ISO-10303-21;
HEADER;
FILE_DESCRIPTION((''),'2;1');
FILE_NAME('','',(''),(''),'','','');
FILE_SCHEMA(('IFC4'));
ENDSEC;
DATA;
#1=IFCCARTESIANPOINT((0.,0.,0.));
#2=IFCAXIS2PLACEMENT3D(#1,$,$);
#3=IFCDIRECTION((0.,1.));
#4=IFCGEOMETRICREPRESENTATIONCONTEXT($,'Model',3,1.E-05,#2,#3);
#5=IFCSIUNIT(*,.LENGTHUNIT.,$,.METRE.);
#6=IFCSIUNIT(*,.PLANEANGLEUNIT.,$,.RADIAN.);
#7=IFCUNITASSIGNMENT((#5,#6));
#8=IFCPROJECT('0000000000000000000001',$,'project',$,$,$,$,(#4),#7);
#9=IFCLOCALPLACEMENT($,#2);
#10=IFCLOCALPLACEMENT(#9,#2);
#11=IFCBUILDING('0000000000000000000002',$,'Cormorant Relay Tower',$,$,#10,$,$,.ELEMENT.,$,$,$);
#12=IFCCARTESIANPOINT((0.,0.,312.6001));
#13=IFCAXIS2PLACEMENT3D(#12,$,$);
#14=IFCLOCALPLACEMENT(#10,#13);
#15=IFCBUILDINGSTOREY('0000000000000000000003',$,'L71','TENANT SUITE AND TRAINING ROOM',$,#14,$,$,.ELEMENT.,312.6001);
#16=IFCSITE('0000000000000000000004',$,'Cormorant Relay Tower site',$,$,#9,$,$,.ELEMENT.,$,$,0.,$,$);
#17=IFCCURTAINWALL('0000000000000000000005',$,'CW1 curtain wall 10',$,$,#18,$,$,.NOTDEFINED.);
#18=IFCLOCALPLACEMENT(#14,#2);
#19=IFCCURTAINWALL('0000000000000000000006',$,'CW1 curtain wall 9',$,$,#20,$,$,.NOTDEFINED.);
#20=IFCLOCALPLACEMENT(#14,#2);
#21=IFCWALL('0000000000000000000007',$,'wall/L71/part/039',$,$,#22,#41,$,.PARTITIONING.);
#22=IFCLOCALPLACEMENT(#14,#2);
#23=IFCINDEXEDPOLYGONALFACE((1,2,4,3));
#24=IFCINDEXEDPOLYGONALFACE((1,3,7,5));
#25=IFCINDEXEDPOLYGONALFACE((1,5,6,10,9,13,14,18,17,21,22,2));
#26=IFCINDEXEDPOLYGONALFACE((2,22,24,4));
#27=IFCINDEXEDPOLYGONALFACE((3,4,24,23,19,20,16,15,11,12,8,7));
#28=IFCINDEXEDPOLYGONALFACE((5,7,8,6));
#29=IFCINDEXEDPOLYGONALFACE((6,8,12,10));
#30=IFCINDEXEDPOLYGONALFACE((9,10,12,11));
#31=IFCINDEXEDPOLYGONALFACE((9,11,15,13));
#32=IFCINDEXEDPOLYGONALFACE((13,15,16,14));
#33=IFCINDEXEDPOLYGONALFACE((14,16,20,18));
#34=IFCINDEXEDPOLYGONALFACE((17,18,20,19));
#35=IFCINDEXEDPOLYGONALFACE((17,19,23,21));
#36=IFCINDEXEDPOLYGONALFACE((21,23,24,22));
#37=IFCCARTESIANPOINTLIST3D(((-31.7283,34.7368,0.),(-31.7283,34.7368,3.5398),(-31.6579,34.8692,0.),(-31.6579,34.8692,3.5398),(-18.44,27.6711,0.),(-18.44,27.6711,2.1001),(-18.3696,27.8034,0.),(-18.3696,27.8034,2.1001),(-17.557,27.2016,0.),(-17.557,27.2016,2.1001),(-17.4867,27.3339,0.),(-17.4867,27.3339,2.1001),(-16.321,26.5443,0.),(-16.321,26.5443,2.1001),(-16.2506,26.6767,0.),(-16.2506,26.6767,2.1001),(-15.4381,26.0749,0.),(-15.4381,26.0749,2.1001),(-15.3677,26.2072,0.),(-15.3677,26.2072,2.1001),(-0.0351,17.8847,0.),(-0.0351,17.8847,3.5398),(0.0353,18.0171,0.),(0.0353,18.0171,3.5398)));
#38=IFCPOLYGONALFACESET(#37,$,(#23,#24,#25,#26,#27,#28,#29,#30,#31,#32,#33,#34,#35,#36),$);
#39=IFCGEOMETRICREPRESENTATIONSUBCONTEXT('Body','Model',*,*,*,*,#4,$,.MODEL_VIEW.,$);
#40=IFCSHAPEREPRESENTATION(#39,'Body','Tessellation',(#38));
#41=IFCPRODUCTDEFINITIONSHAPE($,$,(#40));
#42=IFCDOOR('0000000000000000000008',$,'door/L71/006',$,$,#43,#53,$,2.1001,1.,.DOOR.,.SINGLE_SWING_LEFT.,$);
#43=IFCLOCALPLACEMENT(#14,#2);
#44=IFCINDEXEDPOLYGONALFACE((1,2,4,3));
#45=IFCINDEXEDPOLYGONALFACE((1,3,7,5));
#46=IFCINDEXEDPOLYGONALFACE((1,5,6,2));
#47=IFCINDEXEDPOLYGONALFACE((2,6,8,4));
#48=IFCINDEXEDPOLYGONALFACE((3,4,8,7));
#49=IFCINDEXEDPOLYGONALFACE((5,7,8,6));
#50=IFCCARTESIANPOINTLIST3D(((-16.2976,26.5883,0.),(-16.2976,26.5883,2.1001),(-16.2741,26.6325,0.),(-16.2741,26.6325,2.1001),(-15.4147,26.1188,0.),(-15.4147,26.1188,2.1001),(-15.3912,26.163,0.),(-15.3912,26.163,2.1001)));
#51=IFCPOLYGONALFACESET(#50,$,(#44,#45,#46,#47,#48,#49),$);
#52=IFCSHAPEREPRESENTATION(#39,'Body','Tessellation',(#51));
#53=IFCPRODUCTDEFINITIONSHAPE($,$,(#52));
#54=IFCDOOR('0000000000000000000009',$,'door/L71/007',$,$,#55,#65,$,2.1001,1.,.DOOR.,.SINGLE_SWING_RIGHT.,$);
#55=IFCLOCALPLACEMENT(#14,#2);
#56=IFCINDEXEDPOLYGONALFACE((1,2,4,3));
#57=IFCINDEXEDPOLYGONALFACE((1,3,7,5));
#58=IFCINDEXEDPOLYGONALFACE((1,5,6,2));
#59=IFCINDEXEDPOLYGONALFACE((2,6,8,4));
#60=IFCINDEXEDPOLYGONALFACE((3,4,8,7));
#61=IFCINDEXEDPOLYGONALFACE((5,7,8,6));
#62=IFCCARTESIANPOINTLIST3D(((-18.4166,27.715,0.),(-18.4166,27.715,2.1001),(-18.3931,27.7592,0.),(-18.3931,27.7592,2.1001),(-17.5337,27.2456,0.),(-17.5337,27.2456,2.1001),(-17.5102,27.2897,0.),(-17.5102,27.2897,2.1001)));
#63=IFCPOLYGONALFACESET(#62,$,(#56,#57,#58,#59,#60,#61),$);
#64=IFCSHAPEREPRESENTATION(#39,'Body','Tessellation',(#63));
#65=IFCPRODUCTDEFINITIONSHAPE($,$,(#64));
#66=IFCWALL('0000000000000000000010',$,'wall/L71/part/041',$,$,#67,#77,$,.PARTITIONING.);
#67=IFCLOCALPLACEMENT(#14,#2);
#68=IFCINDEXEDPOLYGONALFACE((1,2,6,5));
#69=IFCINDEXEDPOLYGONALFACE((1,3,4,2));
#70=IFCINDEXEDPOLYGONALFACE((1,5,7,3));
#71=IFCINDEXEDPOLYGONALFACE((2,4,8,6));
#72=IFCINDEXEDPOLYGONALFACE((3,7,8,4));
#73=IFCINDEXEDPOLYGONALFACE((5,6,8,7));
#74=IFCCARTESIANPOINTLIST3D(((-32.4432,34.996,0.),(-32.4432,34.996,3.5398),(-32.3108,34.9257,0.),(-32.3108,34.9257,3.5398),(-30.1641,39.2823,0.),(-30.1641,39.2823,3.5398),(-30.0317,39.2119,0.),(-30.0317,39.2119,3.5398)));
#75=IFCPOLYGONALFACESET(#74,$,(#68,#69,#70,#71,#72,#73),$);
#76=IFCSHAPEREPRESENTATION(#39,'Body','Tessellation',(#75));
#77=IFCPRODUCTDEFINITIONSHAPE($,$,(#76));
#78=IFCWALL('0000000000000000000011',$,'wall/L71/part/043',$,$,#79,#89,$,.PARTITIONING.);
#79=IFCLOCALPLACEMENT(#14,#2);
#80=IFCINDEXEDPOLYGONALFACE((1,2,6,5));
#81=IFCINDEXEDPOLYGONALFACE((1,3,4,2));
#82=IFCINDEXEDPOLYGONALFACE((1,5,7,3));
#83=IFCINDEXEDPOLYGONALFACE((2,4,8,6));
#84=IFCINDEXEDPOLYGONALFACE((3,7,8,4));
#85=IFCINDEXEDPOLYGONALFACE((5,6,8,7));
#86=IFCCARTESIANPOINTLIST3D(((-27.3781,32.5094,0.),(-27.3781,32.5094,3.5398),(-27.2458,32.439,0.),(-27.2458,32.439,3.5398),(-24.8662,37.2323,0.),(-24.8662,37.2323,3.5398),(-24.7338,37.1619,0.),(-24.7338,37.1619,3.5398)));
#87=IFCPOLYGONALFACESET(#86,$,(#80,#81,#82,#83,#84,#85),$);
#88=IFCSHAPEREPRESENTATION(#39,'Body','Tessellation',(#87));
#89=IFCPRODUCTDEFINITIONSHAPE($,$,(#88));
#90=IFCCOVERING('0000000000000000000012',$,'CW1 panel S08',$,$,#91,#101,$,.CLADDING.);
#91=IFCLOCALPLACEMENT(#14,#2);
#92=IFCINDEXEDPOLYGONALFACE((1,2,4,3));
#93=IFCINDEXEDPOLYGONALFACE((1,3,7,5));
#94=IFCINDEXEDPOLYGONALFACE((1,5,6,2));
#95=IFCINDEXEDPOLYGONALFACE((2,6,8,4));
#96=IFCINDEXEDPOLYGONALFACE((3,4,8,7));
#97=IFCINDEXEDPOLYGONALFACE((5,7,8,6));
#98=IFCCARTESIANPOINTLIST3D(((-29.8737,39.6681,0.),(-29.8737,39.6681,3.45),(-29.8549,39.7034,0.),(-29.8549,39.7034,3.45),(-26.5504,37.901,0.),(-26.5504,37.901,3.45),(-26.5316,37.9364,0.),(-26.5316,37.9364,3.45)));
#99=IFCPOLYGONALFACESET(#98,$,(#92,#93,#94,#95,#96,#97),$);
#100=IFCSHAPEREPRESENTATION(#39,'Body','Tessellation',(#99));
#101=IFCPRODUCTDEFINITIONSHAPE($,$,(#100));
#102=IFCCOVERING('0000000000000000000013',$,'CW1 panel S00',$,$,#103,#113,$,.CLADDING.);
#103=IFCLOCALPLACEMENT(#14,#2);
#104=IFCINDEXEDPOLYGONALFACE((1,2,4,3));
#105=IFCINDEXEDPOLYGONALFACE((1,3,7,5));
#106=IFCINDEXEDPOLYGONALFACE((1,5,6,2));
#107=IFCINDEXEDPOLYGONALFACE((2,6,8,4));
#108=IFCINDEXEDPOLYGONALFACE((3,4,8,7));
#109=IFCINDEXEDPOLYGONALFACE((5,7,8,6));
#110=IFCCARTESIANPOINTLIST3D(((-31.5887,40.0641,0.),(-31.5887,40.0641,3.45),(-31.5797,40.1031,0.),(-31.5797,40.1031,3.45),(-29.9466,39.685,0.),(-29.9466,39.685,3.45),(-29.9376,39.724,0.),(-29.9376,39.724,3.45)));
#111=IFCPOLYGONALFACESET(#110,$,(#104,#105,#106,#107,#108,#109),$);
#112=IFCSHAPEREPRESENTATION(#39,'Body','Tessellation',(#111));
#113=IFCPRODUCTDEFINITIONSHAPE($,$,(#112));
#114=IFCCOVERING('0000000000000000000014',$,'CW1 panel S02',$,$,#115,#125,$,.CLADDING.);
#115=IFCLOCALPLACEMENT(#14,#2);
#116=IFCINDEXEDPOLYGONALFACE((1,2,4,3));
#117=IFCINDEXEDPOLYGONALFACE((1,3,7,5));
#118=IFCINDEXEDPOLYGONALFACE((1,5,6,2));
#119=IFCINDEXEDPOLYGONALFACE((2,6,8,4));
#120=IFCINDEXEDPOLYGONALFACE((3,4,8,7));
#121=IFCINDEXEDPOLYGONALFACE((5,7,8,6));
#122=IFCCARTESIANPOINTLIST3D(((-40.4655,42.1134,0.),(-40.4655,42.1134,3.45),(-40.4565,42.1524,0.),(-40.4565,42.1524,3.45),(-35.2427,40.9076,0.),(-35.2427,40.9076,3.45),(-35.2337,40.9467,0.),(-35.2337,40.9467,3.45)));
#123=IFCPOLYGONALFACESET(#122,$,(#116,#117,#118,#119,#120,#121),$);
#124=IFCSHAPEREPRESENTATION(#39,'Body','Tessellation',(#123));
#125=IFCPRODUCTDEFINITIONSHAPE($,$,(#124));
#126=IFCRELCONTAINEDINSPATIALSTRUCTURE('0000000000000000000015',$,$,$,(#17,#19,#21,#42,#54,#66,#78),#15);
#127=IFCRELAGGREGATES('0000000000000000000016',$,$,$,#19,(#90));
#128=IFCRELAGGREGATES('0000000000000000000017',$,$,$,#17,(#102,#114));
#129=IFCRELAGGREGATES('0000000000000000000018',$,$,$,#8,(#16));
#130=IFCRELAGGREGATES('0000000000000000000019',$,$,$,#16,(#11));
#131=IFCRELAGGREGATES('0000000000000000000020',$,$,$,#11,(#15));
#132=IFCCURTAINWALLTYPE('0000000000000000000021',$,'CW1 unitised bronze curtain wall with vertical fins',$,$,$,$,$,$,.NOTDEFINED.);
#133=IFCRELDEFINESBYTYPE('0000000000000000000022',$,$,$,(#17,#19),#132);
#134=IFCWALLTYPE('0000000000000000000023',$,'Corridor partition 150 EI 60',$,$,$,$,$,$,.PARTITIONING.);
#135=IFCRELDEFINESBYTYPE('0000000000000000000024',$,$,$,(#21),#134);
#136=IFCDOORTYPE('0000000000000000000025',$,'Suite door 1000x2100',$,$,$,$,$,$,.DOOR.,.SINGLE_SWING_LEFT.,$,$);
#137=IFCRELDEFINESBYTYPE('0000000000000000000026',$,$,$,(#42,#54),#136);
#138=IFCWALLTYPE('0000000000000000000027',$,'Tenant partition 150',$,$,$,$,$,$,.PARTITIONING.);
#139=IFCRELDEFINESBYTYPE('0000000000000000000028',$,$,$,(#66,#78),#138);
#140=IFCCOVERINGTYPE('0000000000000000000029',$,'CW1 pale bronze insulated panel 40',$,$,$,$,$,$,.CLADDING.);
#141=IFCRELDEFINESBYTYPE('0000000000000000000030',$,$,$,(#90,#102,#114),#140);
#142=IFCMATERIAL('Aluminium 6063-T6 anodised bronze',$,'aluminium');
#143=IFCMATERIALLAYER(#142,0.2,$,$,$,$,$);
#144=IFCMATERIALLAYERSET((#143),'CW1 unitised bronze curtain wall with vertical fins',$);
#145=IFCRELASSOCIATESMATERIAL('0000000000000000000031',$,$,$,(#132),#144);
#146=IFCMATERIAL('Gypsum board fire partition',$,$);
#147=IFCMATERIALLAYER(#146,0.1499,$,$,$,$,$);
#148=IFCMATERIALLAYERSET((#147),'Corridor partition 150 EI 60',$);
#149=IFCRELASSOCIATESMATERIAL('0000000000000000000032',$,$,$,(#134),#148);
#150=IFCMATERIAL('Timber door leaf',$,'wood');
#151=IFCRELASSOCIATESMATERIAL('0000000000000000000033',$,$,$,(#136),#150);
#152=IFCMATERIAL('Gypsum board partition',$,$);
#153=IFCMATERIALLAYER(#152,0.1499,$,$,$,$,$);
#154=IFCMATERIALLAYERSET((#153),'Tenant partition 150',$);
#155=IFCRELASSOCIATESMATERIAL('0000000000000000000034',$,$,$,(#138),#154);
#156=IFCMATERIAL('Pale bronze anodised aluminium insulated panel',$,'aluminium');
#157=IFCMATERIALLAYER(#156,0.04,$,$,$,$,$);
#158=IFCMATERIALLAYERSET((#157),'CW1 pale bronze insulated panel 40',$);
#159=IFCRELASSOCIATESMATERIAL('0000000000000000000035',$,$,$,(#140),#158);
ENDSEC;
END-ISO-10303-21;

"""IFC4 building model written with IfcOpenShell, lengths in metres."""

from ifc_helpers import new_model, si_unit, direction, frame, frame_2d, origin, origin_2d, place, context, subcontext, project, spatial, rectangle, extrude, material, layer, layer_set, type_object, element, fill, aggregate, save


model = new_model("IFC4")

# Units and contexts
model_context = context("Model", 3, precision=1e-05, world=origin(), true_north=direction((0.0, 1.0)))
body_context = subcontext(model_context, "Body", "Model", "MODEL_VIEW")
ifc_project = project(units=[si_unit("LENGTHUNIT", "METRE"), si_unit("PLANEANGLEUNIT", "RADIAN")], contexts=[model_context])

# Site, building, storey
site_placement = place(None, origin())
site = spatial("IfcSite", under=ifc_project, at=site_placement, Name="Cormorant Relay Tower site", CompositionType="ELEMENT", RefElevation=0.0)
building_placement = place(site_placement, origin())
building = spatial("IfcBuilding", under=site, at=building_placement, Name="Cormorant Relay Tower", CompositionType="ELEMENT")
storey_placement = place(building_placement, frame((0.0, 0.0, 312.6001)))
storey = spatial("IfcBuildingStorey", under=building, at=storey_placement, Name="L71", Description="TENANT SUITE AND TRAINING ROOM", CompositionType="ELEMENT", Elevation=312.6001)

# Curtain wall
ifc_material_1 = material(Name="Aluminium 6063-T6 anodised bronze", Category="aluminium")
ifc_layer_1 = layer(ifc_material_1, 0.2)
ifc_layer_set_1 = layer_set([ifc_layer_1], Name="CW1 unitised bronze curtain wall with vertical fins")
curtain_wall_type = type_object("IfcCurtainWallType", Name="CW1 unitised bronze curtain wall with vertical fins", PredefinedType="NOTDEFINED", material=ifc_layer_set_1)
curtain_wall_1_placement = place(storey_placement, origin())
curtain_wall_1 = element("IfcCurtainWall", 1, at=curtain_wall_1_placement, inside=storey, type_object=curtain_wall_type, Name="CW1 curtain wall 10", PredefinedType="NOTDEFINED")

# Curtain wall
curtain_wall_2_placement = place(storey_placement, origin())
curtain_wall_2 = element("IfcCurtainWall", 2, at=curtain_wall_2_placement, inside=storey, type_object=curtain_wall_type, Name="CW1 curtain wall 9", PredefinedType="NOTDEFINED")

# Shared definitions
ifc_material_2 = material(Name="Gypsum board fire partition")
ifc_layer_2 = layer(ifc_material_2, 0.1499)
ifc_layer_set_2 = layer_set([ifc_layer_2], Name="Corridor partition 150 EI 60")
wall_type_1 = type_object("IfcWallType", Name="Corridor partition 150 EI 60", PredefinedType="PARTITIONING", material=ifc_layer_set_2)

# Shared definitions
ifc_material_3 = material(Name="Timber door leaf", Category="wood")
door_type_1 = type_object("IfcDoorType", Name="Suite door 1000x2100", OperationType="SINGLE_SWING_LEFT", PredefinedType="DOOR", material=ifc_material_3)

# Wall, openings, doors
wall_1_placement = place(storey_placement, frame((-31.6931, 34.803, 0.0), z_axis=(0.0, 0.0, 1.0), x_axis=(0.882942, -0.469483, 0.0)))
wall_1 = element("IfcWall", 3, at=wall_1_placement, inside=storey, type_object=wall_type_1, Name="wall/L71/part/039", PredefinedType="PARTITIONING", context=body_context, shape_type="SweptSolid", body=[
    extrude(rectangle(XDim=35.895, YDim=0.1499, at=frame_2d((17.9475, 0.0))), origin(), (0.0, 0.0, 1.0), 3.5398),
])
opening_1_placement = place(wall_1_placement, frame((17.45, 0.0, 0.0)))
opening_1 = element("IfcOpeningElement", 4, at=opening_1_placement, cuts=wall_1, PredefinedType="OPENING", context=body_context, shape_type="SweptSolid", body=[
    extrude(rectangle(XDim=1.0, YDim=2.1001, at=frame_2d((0.5, 1.05))), frame((0.0, 0.085, 0.0), z_axis=(0.0, -1.0, 0.0), x_axis=(1.0, 0.0, 0.0)), (0.0, 0.0, 1.0), 0.1699),
])
opening_2_placement = place(wall_1_placement, frame((15.05, 0.0, 0.0)))
opening_2 = element("IfcOpeningElement", 5, at=opening_2_placement, cuts=wall_1, PredefinedType="OPENING", context=body_context, shape_type="SweptSolid", body=[
    extrude(rectangle(XDim=1.0, YDim=2.1001, at=frame_2d((0.5, 1.05))), frame((0.0, 0.085, 0.0), z_axis=(0.0, -1.0, 0.0), x_axis=(1.0, 0.0, 0.0)), (0.0, 0.0, 1.0), 0.1699),
])
door_1_placement = place(opening_1_placement, origin())
door_1 = element("IfcDoor", 6, at=door_1_placement, inside=storey, type_object=door_type_1, Name="door/L71/006", OperationType="SINGLE_SWING_LEFT", OverallHeight=2.1001, OverallWidth=1.0, PredefinedType="DOOR", context=body_context, shape_type="SweptSolid", body=[
    extrude(rectangle(XDim=1.0, YDim=2.1001, at=frame_2d((0.5, 1.05))), frame((0.0, 0.0249, 0.0), z_axis=(0.0, -1.0, 0.0), x_axis=(1.0, 0.0, 0.0)), (0.0, 0.0, 1.0), 0.05),
])
fill(opening_1, door_1)
door_2_placement = place(opening_2_placement, origin())
door_2 = element("IfcDoor", 7, at=door_2_placement, inside=storey, type_object=door_type_1, Name="door/L71/007", OperationType="SINGLE_SWING_RIGHT", OverallHeight=2.1001, OverallWidth=1.0, PredefinedType="DOOR", context=body_context, shape_type="SweptSolid", body=[
    extrude(rectangle(XDim=1.0, YDim=2.1001, at=frame_2d((0.5, 1.05))), frame((0.0, 0.0249, 0.0), z_axis=(0.0, -1.0, 0.0), x_axis=(1.0, 0.0, 0.0)), (0.0, 0.0, 1.0), 0.05),
])
fill(opening_2, door_2)

# Walls
ifc_material_4 = material(Name="Gypsum board partition")
ifc_layer_3 = layer(ifc_material_4, 0.1499)
ifc_layer_set_3 = layer_set([ifc_layer_3], Name="Tenant partition 150")
wall_type_2 = type_object("IfcWallType", Name="Tenant partition 150", PredefinedType="PARTITIONING", material=ifc_layer_set_3)
wall_2_placement = place(storey_placement, frame((-30.0979, 39.2471, 0.0), z_axis=(0.0, 0.0, 1.0), x_axis=(-0.469484, -0.882941, 0.0)))
element("IfcWall", 8, at=wall_2_placement, inside=storey, type_object=wall_type_2, Name="wall/L71/part/041", PredefinedType="PARTITIONING", context=body_context, shape_type="SweptSolid", body=[
    extrude(rectangle(XDim=4.8545, YDim=0.1499, at=frame_2d((2.4272, 0.0))), origin(), (0.0, 0.0, 1.0), 3.5398),
])
wall_3_placement = place(storey_placement, frame((-27.312, 32.4741, 0.0), z_axis=(0.0, 0.0, 1.0), x_axis=(0.469581, 0.882889, 0.0)))
element("IfcWall", 9, at=wall_3_placement, inside=storey, type_object=wall_type_2, Name="wall/L71/part/043", PredefinedType="PARTITIONING", context=body_context, shape_type="SweptSolid", body=[
    extrude(rectangle(XDim=5.3494, YDim=0.1499, at=frame_2d((2.6748, 0.0))), origin(), (0.0, 0.0, 1.0), 3.5398),
])

# Coverings
ifc_material_5 = material(Name="Pale bronze anodised aluminium insulated panel", Category="aluminium")
ifc_layer_4 = layer(ifc_material_5, 0.04)
ifc_layer_set_4 = layer_set([ifc_layer_4], Name="CW1 pale bronze insulated panel 40")
covering_type = type_object("IfcCoveringType", Name="CW1 pale bronze insulated panel 40", PredefinedType="CLADDING", material=ifc_layer_set_4)
covering_1_placement = place(storey_placement, frame((-28.2026, 38.8022, 0.0), z_axis=(0.0, 0.0, 1.0), x_axis=(-0.882948, 0.469472, 0.0)))
covering_1 = element("IfcCovering", 10, at=covering_1_placement, type_object=covering_type, Name="CW1 panel S08", PredefinedType="CLADDING", context=body_context, shape_type="SweptSolid", body=[
    extrude(rectangle(XDim=3.7639, YDim=0.04, at=origin_2d()), origin(), (0.0, 0.0, 1.0), 3.45),
])
aggregate(curtain_wall_2, [covering_1])
covering_2_placement = place(storey_placement, frame((-30.7632, 39.894, 0.0), z_axis=(0.0, 0.0, 1.0), x_axis=(-0.97437, 0.224951, 0.0)))
covering_2 = element("IfcCovering", 11, at=covering_2_placement, type_object=covering_type, Name="CW1 panel S00", PredefinedType="CLADDING", context=body_context, shape_type="SweptSolid", body=[
    extrude(rectangle(XDim=1.6853, YDim=0.04, at=origin_2d()), origin(), (0.0, 0.0, 1.0), 3.45),
])
covering_3_placement = place(storey_placement, frame((-37.8496, 41.53, 0.0), z_axis=(0.0, 0.0, 1.0), x_axis=(-0.97437, 0.224951, 0.0)))
covering_3 = element("IfcCovering", 12, at=covering_3_placement, type_object=covering_type, Name="CW1 panel S02", PredefinedType="CLADDING", context=body_context, shape_type="SweptSolid", body=[
    extrude(rectangle(XDim=5.3601, YDim=0.04, at=origin_2d()), origin(), (0.0, 0.0, 1.0), 3.45),
])
aggregate(curtain_wall_1, [covering_2, covering_3])

save(model, "model.ifc")
